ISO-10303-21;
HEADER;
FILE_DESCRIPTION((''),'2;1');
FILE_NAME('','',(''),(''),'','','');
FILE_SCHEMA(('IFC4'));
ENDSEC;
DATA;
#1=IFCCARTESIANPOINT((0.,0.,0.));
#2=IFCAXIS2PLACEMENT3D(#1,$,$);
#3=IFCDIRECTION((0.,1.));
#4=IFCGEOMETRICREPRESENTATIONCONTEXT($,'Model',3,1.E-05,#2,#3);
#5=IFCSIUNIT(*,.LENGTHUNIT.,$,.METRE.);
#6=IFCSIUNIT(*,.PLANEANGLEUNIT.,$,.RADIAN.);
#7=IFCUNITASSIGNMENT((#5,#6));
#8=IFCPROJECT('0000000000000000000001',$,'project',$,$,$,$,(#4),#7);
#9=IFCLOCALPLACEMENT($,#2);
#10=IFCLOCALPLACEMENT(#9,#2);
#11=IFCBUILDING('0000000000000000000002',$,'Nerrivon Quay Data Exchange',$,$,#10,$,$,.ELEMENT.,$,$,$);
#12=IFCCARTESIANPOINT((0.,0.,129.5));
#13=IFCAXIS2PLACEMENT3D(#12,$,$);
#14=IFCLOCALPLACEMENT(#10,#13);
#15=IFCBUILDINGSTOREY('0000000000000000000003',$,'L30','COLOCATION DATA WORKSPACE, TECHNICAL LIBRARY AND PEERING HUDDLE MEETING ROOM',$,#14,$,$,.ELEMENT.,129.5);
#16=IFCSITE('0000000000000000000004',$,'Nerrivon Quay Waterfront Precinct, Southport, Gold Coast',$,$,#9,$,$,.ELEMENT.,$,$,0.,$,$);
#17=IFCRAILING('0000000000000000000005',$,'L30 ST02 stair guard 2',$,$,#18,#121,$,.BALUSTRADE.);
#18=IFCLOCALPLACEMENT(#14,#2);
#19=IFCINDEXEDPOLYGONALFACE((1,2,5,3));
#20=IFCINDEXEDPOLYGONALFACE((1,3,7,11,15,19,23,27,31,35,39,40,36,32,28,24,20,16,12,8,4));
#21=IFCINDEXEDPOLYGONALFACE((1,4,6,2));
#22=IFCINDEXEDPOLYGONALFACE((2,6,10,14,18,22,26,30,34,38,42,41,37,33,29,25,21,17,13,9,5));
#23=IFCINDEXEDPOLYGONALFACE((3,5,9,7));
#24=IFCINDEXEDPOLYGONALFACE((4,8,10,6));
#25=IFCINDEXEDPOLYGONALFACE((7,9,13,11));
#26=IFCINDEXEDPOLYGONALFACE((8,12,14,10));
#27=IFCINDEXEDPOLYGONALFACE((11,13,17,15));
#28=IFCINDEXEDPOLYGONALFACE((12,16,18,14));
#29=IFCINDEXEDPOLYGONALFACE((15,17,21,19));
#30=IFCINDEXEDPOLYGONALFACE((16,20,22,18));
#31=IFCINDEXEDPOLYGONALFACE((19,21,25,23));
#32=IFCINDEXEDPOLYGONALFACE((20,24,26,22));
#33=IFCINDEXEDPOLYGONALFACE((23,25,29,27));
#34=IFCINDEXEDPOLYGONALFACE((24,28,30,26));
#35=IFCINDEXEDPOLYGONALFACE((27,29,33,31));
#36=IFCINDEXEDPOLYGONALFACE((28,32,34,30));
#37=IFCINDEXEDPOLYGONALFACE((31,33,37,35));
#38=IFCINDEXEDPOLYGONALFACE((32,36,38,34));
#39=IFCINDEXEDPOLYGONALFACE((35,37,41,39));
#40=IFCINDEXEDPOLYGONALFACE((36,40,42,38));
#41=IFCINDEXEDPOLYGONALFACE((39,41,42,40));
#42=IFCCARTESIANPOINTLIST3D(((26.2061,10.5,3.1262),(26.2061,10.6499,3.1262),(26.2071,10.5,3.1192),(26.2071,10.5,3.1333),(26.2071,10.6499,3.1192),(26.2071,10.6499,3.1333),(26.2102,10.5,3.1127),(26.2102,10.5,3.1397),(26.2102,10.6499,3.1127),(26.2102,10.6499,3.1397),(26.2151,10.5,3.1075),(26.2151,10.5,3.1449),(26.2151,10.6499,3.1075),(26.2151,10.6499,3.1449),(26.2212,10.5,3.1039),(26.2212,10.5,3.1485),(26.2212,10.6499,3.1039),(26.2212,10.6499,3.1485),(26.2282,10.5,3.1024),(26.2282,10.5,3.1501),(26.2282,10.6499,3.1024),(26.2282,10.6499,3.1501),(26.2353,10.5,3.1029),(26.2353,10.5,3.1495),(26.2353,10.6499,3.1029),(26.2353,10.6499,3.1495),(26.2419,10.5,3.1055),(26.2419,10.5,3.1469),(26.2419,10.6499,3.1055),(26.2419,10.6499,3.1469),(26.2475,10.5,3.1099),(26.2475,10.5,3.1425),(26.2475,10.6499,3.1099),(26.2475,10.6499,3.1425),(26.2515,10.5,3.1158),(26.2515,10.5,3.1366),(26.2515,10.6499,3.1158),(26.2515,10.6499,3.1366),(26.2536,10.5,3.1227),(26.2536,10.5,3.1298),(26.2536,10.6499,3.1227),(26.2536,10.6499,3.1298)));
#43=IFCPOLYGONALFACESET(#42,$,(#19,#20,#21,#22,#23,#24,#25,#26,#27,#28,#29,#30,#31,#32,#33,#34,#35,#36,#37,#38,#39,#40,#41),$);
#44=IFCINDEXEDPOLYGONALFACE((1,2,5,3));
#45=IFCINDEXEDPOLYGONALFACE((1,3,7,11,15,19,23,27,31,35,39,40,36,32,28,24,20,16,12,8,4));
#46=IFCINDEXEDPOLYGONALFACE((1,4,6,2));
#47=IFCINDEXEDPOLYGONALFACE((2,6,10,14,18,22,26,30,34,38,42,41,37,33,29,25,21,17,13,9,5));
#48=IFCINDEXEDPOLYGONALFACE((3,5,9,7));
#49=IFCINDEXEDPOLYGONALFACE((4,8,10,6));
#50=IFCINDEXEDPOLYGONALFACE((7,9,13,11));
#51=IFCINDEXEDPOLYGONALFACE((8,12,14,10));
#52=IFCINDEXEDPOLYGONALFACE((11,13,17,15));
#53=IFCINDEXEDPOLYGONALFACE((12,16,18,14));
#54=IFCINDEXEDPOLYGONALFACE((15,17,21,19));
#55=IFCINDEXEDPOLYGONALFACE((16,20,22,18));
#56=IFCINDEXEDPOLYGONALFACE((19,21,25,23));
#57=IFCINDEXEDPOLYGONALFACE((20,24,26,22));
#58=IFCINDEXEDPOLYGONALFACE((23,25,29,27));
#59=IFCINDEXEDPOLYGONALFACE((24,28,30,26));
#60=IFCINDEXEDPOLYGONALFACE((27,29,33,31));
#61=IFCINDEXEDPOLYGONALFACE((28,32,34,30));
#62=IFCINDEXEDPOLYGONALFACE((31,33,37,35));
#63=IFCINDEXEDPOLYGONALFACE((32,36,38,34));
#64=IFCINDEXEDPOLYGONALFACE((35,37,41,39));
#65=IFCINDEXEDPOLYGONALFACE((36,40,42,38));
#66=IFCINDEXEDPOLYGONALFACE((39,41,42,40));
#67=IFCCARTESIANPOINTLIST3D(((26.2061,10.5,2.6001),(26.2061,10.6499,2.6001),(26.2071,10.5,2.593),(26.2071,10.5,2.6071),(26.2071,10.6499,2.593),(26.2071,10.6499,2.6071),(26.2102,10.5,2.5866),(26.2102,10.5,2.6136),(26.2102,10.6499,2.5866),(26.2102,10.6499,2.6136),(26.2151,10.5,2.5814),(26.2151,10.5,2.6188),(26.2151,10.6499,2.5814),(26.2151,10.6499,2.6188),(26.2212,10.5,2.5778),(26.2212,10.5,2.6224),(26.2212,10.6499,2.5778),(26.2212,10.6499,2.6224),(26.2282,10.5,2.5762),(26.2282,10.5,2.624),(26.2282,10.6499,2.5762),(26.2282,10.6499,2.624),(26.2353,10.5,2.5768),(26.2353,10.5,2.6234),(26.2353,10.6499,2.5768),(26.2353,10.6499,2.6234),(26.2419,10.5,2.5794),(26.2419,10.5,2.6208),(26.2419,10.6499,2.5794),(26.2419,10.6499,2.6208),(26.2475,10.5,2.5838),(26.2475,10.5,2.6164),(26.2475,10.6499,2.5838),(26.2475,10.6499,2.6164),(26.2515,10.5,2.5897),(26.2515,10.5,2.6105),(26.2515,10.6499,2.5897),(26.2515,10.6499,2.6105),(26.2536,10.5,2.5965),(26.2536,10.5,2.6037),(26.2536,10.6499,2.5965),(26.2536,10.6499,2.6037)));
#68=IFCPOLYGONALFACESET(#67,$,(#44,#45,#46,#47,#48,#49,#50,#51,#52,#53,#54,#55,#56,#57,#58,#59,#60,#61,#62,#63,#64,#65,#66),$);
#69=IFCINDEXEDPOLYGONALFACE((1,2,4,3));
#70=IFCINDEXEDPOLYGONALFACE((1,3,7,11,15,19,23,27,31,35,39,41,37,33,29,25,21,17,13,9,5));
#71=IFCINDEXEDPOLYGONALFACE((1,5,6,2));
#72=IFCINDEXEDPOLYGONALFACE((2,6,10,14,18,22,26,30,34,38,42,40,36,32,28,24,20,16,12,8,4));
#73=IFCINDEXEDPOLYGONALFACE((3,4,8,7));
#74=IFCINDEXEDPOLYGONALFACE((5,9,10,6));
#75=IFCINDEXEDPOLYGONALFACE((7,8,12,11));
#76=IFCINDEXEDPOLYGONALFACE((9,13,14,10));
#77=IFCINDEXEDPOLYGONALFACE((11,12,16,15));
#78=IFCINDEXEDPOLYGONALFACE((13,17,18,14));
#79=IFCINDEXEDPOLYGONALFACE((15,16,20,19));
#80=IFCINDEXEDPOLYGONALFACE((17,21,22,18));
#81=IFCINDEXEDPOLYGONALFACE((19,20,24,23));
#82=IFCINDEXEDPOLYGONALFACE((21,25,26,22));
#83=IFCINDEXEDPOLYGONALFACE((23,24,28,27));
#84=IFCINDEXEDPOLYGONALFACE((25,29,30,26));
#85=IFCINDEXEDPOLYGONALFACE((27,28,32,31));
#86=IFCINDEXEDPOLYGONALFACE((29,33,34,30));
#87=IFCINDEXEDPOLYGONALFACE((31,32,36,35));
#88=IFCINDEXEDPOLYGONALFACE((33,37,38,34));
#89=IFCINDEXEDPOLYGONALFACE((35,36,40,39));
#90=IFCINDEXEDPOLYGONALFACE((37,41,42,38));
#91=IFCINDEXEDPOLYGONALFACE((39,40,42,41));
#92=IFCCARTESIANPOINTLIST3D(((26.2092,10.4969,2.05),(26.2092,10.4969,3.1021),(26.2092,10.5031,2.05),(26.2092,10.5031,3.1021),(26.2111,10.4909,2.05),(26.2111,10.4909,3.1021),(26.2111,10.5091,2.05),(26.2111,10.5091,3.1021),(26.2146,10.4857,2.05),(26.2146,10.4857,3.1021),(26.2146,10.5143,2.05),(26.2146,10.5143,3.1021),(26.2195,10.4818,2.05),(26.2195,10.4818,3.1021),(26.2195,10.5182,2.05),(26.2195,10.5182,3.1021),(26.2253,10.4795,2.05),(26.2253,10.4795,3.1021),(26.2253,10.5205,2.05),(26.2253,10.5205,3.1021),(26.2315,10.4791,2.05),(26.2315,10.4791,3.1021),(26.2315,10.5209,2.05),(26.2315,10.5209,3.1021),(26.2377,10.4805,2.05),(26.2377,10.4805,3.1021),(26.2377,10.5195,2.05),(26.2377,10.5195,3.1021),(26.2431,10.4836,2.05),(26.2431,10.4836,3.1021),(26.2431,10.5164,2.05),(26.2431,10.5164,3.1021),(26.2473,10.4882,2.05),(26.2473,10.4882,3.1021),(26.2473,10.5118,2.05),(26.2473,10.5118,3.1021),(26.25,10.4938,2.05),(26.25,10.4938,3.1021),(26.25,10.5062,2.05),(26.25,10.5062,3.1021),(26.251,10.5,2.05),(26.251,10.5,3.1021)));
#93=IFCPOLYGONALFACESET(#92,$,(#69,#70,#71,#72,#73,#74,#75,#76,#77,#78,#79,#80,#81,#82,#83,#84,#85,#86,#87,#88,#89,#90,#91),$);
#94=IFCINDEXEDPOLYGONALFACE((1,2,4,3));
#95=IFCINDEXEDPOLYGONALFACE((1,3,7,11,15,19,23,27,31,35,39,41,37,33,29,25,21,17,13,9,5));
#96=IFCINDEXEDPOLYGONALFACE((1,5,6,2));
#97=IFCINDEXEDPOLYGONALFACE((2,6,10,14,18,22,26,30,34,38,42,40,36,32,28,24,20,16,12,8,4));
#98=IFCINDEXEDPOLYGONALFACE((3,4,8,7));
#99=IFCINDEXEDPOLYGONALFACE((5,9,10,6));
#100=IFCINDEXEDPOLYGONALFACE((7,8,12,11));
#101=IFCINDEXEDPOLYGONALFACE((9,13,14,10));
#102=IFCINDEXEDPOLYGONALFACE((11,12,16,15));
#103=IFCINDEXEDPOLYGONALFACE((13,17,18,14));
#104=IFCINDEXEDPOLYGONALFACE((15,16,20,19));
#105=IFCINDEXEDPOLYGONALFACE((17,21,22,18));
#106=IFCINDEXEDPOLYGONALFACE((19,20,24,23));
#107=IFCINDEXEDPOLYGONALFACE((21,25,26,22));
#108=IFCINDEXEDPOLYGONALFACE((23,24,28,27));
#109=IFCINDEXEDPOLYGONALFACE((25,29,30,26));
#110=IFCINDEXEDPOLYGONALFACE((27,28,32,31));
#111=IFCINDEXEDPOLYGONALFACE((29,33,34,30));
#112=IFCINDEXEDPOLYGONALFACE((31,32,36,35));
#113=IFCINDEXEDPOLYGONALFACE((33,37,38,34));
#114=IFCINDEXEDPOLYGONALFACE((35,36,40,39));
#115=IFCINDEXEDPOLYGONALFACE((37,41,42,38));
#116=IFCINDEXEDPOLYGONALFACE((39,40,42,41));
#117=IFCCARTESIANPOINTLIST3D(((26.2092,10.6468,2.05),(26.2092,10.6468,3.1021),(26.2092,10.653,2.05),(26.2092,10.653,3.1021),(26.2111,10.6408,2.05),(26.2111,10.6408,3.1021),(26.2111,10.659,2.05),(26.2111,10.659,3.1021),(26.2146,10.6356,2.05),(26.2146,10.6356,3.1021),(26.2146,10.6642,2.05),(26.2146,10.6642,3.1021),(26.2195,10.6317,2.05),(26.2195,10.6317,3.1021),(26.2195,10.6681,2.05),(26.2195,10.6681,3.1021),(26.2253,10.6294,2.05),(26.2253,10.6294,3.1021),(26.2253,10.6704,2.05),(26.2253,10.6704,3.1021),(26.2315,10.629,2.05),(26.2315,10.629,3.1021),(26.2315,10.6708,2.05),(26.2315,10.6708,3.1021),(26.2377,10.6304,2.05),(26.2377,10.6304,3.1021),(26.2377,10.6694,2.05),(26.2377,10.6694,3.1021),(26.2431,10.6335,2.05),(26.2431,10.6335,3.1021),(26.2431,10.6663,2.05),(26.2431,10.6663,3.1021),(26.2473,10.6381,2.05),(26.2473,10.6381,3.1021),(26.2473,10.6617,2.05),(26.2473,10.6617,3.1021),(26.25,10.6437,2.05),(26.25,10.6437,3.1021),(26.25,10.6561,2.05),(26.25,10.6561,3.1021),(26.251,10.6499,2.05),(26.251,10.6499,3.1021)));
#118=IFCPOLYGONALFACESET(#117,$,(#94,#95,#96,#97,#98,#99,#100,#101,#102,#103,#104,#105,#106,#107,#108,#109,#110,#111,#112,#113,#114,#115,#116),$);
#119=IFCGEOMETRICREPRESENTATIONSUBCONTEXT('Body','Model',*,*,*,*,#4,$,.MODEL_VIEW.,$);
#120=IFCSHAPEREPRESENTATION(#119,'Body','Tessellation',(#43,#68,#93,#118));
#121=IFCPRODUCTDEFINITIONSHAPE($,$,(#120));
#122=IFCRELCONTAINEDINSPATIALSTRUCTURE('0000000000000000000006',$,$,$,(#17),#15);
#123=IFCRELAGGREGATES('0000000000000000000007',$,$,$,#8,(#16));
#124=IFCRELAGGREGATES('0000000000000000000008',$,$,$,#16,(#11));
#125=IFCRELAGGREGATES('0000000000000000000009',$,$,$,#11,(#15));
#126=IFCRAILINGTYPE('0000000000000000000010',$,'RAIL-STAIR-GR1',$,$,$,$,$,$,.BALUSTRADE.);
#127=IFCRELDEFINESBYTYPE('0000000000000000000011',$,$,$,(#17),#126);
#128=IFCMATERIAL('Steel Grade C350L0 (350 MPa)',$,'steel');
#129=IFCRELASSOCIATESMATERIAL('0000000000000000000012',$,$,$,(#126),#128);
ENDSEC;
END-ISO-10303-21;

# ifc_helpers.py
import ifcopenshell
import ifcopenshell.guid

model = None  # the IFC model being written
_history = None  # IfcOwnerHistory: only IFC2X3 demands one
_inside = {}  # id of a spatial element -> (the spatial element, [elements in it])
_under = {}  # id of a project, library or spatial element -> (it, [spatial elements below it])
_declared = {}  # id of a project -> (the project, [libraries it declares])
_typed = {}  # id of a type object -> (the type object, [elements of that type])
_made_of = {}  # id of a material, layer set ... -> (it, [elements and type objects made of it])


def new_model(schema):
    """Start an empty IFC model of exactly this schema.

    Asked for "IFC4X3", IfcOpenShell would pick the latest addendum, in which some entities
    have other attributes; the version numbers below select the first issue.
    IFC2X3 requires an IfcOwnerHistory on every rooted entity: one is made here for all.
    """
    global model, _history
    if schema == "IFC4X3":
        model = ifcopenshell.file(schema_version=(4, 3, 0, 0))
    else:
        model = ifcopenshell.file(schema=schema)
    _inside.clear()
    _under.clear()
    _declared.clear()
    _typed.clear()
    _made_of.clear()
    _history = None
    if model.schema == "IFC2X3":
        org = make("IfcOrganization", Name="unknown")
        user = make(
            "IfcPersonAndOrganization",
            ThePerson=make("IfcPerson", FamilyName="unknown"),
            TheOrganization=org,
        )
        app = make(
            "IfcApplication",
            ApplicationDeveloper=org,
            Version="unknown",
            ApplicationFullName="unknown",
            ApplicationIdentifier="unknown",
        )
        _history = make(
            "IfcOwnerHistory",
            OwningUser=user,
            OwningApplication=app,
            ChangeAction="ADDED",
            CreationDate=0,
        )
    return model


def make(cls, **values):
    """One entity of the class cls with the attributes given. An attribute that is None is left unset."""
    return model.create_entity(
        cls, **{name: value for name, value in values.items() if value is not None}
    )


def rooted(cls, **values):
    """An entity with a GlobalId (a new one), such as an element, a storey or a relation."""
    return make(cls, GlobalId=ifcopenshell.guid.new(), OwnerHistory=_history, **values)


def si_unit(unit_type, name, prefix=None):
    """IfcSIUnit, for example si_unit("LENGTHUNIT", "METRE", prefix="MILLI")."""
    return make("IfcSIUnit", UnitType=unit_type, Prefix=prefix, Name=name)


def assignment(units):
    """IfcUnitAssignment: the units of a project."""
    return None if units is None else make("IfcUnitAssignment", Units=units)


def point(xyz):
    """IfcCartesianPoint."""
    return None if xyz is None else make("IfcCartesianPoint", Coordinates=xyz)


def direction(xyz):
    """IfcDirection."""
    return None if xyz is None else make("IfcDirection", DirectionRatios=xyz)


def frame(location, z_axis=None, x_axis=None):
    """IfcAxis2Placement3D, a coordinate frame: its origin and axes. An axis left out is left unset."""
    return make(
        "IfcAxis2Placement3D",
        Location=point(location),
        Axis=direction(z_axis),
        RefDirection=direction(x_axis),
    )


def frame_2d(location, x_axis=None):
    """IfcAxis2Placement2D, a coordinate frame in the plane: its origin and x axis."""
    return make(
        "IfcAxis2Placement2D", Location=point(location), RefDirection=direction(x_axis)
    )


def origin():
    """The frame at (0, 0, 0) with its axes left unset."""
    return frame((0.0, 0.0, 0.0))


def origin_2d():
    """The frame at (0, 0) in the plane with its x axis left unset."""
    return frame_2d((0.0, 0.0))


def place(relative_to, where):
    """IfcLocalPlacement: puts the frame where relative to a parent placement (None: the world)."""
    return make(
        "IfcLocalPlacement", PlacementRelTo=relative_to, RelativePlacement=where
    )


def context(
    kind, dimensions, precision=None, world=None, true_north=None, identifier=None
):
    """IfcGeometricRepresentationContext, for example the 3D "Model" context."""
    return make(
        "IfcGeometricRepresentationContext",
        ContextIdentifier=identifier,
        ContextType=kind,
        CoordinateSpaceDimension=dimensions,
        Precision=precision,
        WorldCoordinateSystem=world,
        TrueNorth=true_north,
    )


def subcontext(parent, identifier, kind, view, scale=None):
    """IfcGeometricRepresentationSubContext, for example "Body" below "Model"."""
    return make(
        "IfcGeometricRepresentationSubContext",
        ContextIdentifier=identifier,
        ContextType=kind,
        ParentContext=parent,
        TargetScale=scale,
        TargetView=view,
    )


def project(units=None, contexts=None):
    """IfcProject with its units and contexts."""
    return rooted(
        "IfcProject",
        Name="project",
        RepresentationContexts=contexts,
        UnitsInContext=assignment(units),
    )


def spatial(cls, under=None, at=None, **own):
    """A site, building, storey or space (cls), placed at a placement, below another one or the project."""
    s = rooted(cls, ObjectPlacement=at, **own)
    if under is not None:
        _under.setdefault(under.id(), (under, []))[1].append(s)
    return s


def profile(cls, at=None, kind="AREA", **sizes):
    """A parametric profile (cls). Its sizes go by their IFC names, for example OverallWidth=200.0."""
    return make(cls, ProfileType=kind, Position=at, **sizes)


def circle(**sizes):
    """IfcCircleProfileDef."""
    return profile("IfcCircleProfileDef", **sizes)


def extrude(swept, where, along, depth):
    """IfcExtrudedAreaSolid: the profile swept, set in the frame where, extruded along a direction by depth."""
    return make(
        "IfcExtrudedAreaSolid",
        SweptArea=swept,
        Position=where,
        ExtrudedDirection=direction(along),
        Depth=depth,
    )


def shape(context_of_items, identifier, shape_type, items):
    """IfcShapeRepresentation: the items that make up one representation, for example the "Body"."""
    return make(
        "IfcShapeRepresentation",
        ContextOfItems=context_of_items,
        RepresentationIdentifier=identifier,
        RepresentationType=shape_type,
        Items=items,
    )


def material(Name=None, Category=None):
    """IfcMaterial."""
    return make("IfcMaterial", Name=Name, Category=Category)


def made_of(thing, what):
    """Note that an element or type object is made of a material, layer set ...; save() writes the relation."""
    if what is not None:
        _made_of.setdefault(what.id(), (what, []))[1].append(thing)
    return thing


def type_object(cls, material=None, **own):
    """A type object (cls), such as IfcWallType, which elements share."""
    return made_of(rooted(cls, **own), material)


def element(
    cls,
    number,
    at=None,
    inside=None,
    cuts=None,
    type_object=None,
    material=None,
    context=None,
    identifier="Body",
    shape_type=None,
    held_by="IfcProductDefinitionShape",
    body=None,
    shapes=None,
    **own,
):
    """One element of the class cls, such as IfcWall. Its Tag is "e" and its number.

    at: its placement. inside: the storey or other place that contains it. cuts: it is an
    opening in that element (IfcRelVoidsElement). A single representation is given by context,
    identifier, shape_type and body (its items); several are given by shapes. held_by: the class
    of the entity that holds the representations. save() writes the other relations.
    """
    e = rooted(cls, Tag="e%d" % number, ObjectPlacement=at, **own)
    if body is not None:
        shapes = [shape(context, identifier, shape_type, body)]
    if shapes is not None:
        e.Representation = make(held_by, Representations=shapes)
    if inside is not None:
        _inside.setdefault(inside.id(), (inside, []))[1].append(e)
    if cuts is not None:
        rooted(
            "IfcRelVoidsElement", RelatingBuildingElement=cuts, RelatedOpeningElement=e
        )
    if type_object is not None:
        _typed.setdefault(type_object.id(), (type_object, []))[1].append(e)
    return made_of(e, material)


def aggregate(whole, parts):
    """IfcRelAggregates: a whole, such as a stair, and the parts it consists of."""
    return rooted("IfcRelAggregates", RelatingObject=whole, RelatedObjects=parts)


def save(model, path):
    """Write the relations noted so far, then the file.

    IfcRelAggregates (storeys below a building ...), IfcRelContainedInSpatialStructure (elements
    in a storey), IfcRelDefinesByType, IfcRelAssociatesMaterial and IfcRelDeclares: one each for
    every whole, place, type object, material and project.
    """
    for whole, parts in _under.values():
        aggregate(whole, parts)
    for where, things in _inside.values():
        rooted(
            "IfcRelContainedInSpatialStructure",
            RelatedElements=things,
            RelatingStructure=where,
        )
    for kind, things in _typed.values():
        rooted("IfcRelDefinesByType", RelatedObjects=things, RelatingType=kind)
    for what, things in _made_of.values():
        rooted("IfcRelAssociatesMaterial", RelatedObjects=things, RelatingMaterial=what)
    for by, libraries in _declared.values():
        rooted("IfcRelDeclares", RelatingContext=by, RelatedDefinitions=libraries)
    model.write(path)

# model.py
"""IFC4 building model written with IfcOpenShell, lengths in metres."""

from ifc_helpers import new_model, si_unit, direction, frame, origin, origin_2d, place, context, subcontext, project, spatial, circle, extrude, material, type_object, element, save


model = new_model("IFC4")

# Units and contexts
model_context = context("Model", 3, precision=1e-05, world=origin(), true_north=direction((0.0, 1.0)))
body_context = subcontext(model_context, "Body", "Model", "MODEL_VIEW")
ifc_project = project(units=[si_unit("LENGTHUNIT", "METRE"), si_unit("PLANEANGLEUNIT", "RADIAN")], contexts=[model_context])

# Site, building, storey
site_placement = place(None, origin())
site = spatial("IfcSite", under=ifc_project, at=site_placement, Name="Nerrivon Quay Waterfront Precinct, Southport, Gold Coast", CompositionType="ELEMENT", RefElevation=0.0)
building_placement = place(site_placement, origin())
building = spatial("IfcBuilding", under=site, at=building_placement, Name="Nerrivon Quay Data Exchange", CompositionType="ELEMENT")
storey_placement = place(building_placement, frame((0.0, 0.0, 129.5)))
storey = spatial("IfcBuildingStorey", under=building, at=storey_placement, Name="L30", Description="COLOCATION DATA WORKSPACE, TECHNICAL LIBRARY AND PEERING HUDDLE MEETING ROOM", CompositionType="ELEMENT", Elevation=129.5)

# Railing
ifc_material_1 = material(Name="Steel Grade C350L0 (350 MPa)", Category="steel")
railing_type_1 = type_object("IfcRailingType", Name="RAIL-STAIR-GR1", PredefinedType="BALUSTRADE", material=ifc_material_1)
railing_1_placement = place(storey_placement, frame((26.23, 10.5, 2.05)))
element("IfcRailing", 1, at=railing_1_placement, inside=storey, type_object=railing_type_1, Name="L30 ST02 stair guard 2", PredefinedType="BALUSTRADE", context=body_context, shape_type="SweptSolid", body=[
    extrude(circle(Radius=0.0239, at=origin_2d()), frame((0.0, 0.0, 1.0762), z_axis=(0.0, 1.0, 0.0), x_axis=(-1.0, 0.0, 0.0)), (0.0, 0.0, 1.0), 0.1499),
    extrude(circle(Radius=0.0239, at=origin_2d()), frame((0.0, 0.0, 0.55), z_axis=(0.0, 1.0, 0.0), x_axis=(-1.0, 0.0, 0.0)), (0.0, 0.0, 1.0), 0.1499),
    extrude(circle(Radius=0.021, at=origin_2d()), origin(), (0.0, 0.0, 1.0), 1.052),
    extrude(circle(Radius=0.021, at=origin_2d()), frame((0.0, 0.1499, 0.0)), (0.0, 0.0, 1.0), 1.052),
])

save(model, "model.ifc")
